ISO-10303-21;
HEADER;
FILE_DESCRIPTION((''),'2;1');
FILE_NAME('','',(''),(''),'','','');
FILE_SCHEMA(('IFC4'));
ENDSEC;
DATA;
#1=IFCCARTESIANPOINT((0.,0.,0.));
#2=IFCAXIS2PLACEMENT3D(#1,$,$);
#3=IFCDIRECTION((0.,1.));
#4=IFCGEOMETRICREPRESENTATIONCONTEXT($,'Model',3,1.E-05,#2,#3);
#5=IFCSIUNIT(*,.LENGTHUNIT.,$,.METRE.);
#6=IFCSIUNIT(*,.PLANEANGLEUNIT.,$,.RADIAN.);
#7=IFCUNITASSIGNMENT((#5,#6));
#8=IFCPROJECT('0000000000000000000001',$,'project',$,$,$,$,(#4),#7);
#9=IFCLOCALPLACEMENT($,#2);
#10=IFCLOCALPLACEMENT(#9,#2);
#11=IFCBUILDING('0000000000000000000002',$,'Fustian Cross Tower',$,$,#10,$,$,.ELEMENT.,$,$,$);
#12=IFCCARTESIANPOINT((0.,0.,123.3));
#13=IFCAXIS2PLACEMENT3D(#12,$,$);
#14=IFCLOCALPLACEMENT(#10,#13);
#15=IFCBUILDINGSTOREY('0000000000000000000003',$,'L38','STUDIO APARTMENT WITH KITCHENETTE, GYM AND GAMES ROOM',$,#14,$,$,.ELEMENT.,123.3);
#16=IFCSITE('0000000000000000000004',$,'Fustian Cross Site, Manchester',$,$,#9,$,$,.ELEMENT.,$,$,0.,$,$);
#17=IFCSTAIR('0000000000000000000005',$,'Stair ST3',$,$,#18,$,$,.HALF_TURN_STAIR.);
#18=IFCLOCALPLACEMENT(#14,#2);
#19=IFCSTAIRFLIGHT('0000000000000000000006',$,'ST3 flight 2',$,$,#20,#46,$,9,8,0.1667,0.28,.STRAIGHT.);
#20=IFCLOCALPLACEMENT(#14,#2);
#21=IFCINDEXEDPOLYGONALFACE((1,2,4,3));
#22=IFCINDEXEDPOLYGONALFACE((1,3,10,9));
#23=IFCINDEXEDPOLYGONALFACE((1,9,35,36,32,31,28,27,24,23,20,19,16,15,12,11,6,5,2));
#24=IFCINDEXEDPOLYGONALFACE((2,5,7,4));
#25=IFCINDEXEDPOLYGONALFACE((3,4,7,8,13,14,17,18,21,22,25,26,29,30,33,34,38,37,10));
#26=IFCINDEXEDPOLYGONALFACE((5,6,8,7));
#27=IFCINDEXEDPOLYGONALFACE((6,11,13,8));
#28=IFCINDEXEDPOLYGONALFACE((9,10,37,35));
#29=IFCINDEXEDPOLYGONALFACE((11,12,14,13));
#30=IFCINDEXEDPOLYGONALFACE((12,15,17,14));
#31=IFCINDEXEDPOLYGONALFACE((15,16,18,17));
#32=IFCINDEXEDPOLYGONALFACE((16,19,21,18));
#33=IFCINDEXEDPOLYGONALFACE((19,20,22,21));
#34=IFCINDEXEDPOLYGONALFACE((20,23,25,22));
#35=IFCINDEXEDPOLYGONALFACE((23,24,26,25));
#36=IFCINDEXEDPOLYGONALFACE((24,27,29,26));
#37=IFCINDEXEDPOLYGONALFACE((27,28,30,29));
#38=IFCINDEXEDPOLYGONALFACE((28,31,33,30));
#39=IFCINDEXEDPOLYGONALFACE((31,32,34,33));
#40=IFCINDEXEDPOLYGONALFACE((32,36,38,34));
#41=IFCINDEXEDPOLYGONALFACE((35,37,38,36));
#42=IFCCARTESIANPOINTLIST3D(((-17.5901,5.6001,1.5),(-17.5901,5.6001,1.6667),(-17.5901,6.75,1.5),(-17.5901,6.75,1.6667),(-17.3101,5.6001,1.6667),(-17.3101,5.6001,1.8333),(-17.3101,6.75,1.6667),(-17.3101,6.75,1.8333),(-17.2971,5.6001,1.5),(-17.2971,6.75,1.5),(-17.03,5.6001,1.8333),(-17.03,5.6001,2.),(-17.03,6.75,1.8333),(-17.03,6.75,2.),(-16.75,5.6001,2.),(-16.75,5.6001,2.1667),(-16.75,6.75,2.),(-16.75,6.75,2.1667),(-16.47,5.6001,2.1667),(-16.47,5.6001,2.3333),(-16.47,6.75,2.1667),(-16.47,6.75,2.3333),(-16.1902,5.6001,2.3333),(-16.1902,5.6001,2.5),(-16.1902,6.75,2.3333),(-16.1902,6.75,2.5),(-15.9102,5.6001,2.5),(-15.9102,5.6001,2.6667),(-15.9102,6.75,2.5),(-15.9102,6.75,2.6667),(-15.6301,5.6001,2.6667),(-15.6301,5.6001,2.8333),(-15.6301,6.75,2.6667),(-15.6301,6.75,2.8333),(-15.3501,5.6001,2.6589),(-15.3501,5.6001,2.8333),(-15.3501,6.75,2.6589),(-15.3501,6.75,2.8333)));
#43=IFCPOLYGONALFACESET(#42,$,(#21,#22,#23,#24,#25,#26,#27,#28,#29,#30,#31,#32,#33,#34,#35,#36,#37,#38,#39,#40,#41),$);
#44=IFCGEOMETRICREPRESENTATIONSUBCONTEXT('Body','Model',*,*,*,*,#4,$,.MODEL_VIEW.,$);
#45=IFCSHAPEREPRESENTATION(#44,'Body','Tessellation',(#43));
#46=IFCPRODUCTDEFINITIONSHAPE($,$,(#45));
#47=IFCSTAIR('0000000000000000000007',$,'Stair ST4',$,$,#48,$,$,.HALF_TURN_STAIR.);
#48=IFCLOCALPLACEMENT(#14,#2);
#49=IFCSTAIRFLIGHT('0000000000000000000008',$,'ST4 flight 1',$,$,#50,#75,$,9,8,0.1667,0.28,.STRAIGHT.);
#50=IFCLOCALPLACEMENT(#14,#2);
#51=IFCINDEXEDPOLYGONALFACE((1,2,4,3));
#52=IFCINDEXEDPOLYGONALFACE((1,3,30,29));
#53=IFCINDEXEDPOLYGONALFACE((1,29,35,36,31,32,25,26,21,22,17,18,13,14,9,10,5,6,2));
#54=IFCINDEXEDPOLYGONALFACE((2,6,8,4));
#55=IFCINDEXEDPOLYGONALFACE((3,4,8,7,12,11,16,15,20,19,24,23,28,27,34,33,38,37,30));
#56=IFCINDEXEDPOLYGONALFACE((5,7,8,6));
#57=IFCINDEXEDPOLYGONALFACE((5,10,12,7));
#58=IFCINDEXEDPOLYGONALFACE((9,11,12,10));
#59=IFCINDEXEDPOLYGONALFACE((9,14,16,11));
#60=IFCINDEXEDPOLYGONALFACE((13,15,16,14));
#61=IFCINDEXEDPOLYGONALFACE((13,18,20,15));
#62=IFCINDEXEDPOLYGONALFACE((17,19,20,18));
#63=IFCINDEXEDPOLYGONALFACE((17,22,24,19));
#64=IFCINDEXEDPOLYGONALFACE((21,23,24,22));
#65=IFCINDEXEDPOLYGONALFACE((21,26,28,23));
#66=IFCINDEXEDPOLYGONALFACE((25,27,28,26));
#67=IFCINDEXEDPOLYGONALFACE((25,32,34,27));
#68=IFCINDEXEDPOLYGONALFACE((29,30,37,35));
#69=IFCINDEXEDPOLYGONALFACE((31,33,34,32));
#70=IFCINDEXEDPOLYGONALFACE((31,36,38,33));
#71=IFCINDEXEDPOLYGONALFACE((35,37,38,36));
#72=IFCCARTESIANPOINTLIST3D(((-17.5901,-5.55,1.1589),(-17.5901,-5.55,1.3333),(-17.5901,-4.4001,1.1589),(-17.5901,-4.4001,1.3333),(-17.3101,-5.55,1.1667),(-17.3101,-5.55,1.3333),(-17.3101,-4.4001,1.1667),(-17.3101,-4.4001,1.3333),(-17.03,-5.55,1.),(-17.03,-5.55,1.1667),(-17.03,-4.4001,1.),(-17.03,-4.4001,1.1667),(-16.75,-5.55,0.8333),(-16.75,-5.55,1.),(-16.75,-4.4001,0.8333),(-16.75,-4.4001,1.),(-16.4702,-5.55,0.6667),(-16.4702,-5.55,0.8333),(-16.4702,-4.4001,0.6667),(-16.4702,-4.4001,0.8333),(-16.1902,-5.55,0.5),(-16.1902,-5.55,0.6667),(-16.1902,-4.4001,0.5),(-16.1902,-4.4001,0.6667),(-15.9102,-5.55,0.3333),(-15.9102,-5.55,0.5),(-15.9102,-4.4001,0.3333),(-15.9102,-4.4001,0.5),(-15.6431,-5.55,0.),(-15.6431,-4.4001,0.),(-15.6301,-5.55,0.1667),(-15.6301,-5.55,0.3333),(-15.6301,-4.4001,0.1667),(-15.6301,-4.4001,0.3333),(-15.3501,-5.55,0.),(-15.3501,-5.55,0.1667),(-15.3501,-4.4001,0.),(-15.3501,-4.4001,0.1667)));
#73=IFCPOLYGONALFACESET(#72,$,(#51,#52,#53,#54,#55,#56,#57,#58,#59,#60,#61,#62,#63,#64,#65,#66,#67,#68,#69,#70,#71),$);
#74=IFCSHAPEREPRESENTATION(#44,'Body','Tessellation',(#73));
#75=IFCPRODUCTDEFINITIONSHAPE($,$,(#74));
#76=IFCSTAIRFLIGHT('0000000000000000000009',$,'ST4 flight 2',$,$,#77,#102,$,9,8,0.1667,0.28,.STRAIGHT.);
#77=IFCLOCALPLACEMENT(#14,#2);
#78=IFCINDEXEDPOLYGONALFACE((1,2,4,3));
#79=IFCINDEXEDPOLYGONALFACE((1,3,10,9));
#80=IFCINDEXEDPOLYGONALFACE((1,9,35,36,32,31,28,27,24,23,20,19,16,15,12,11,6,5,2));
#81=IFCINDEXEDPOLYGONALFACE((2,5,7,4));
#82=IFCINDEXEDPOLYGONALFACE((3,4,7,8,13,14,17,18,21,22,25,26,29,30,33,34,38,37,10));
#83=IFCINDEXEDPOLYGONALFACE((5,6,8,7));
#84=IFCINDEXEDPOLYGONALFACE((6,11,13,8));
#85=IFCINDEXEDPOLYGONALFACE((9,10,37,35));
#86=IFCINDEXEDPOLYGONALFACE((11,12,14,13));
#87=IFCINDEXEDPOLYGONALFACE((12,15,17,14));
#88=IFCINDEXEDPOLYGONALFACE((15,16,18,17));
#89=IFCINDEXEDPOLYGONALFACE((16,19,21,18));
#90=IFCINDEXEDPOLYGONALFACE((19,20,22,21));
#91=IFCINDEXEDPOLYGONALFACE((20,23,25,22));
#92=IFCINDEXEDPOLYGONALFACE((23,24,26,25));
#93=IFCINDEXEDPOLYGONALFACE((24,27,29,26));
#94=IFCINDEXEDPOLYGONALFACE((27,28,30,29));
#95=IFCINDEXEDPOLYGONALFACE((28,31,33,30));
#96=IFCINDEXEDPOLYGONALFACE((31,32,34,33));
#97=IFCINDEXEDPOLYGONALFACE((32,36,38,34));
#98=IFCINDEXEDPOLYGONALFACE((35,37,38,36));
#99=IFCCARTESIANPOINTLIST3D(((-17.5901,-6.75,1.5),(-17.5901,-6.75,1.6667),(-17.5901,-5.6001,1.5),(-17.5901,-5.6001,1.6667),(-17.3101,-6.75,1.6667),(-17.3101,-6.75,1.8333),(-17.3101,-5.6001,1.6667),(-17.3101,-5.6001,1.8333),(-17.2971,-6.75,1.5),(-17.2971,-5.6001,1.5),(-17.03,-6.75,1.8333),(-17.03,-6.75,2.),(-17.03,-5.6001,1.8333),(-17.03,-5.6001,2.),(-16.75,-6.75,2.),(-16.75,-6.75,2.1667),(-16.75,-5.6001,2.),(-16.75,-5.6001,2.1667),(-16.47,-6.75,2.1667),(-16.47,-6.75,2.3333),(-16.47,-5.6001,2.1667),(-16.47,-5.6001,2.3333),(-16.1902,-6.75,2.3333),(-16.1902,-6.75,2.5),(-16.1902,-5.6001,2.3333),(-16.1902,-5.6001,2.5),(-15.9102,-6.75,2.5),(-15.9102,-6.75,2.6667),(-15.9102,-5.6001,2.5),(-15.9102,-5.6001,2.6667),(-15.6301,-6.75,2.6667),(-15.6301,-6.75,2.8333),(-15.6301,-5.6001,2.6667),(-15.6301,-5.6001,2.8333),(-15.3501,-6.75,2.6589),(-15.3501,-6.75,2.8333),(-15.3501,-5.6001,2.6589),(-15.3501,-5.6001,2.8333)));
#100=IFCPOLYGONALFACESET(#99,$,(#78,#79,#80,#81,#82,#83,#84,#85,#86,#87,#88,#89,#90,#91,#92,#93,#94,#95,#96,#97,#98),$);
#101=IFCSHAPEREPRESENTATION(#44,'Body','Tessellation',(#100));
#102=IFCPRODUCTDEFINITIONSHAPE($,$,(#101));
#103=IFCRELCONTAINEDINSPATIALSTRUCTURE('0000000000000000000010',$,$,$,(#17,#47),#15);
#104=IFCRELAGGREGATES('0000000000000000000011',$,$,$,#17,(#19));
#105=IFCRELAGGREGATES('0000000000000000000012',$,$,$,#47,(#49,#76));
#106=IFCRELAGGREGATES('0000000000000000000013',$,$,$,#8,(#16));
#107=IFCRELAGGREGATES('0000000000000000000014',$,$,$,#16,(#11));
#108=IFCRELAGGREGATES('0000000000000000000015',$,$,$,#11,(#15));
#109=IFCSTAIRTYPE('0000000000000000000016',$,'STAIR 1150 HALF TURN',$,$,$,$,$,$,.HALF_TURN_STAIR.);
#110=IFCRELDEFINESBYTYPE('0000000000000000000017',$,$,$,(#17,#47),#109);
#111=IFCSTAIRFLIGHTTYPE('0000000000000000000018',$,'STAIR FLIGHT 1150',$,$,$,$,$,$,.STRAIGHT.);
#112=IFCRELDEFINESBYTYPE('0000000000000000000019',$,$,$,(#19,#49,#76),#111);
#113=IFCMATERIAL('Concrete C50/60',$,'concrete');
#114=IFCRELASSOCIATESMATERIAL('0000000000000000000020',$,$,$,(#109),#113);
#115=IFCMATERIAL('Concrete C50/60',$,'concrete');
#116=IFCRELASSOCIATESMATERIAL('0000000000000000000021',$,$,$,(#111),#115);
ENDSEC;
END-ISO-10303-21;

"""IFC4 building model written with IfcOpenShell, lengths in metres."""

from ifc_helpers import new_model, si_unit, direction, frame, origin, place, context, subcontext, project, spatial, polyline, outline, extrude, material, type_object, element, aggregate, save


model = new_model("IFC4")

# Units and contexts
model_context = context("Model", 3, precision=1e-05, world=origin(), true_north=direction((0.0, 1.0)))
body_context = subcontext(model_context, "Body", "Model", "MODEL_VIEW")
ifc_project = project(units=[si_unit("LENGTHUNIT", "METRE"), si_unit("PLANEANGLEUNIT", "RADIAN")], contexts=[model_context])

# Site, building, storey
site_placement = place(None, origin())
site = spatial("IfcSite", under=ifc_project, at=site_placement, Name="Fustian Cross Site, Manchester", CompositionType="ELEMENT", RefElevation=0.0)
building_placement = place(site_placement, origin())
building = spatial("IfcBuilding", under=site, at=building_placement, Name="Fustian Cross Tower", CompositionType="ELEMENT")
storey_placement = place(building_placement, frame((0.0, 0.0, 123.3)))
storey = spatial("IfcBuildingStorey", under=building, at=storey_placement, Name="L38", Description="STUDIO APARTMENT WITH KITCHENETTE, GYM AND GAMES ROOM", CompositionType="ELEMENT", Elevation=123.3)

# Stairs, stair flights
ifc_material_1 = material(Name="Concrete C50/60", Category="concrete")
stair_type = type_object("IfcStairType", Name="STAIR 1150 HALF TURN", PredefinedType="HALF_TURN_STAIR", material=ifc_material_1)
stair_1_placement = place(storey_placement, origin())
stair_1 = element("IfcStair", 1, at=stair_1_placement, inside=storey, type_object=stair_type, Name="Stair ST3", PredefinedType="HALF_TURN_STAIR")
ifc_material_2 = material(Name="Concrete C50/60", Category="concrete")
stair_flight_type = type_object("IfcStairFlightType", Name="STAIR FLIGHT 1150", PredefinedType="STRAIGHT", material=ifc_material_2)
stair_flight_1_placement = place(storey_placement, frame((-17.5901, 6.175, 1.5), z_axis=(0.0, 0.0, 1.0), x_axis=(1.0, 0.0, 0.0)))
stair_flight_1 = element("IfcStairFlight", 2, at=stair_flight_1_placement, type_object=stair_flight_type, Name="ST3 flight 2", NumberOfRisers=9, NumberOfTreads=8, PredefinedType="STRAIGHT", RiserHeight=0.1667, TreadLength=0.28, context=body_context, shape_type="SweptSolid", body=[
    extrude(outline(polyline([(0.0, 0.0), (0.0, 0.1667), (0.28, 0.1667), (0.28, 0.3333), (0.5601, 0.3333), (0.5601, 0.5), (0.8401, 0.5), (0.8401, 0.6667), (1.1201, 0.6667), (1.1201, 0.8333), (1.3999, 0.8333), (1.3999, 1.0), (1.6799, 1.0), (1.6799, 1.1667), (1.96, 1.1667), (1.96, 1.3333), (2.24, 1.3333), (2.24, 1.5), (2.24, 1.1589), (0.293, 0.0), (0.0, 0.0)])), frame((0.0, 0.575, 0.0), z_axis=(0.0, -1.0, 0.0), x_axis=(1.0, 0.0, 0.0)), (0.0, 0.0, 1.0), 1.1499),
])
aggregate(stair_1, [stair_flight_1])
stair_2_placement = place(storey_placement, origin())
stair_2 = element("IfcStair", 3, at=stair_2_placement, inside=storey, type_object=stair_type, Name="Stair ST4", PredefinedType="HALF_TURN_STAIR")
stair_flight_2_placement = place(storey_placement, frame((-15.3501, -4.9751, 0.0), z_axis=(0.0, 0.0, 1.0), x_axis=(-1.0, 0.0, 0.0)))
stair_flight_2 = element("IfcStairFlight", 4, at=stair_flight_2_placement, type_object=stair_flight_type, Name="ST4 flight 1", NumberOfRisers=9, NumberOfTreads=8, PredefinedType="STRAIGHT", RiserHeight=0.1667, TreadLength=0.28, context=body_context, shape_type="SweptSolid", body=[
    extrude(outline(polyline([(0.0, 0.0), (0.0, 0.1667), (0.28, 0.1667), (0.28, 0.3333), (0.5601, 0.3333), (0.5601, 0.5), (0.8401, 0.5), (0.8401, 0.6667), (1.1201, 0.6667), (1.1201, 0.8333), (1.3999, 0.8333), (1.3999, 1.0), (1.6799, 1.0), (1.6799, 1.1667), (1.96, 1.1667), (1.96, 1.3333), (2.24, 1.3333), (2.24, 1.5), (2.24, 1.1589), (0.293, 0.0), (0.0, 0.0)])), frame((0.0, 0.575, 0.0), z_axis=(0.0, -1.0, 0.0), x_axis=(1.0, 0.0, 0.0)), (0.0, 0.0, 1.0), 1.1499),
])
stair_flight_3_placement = place(storey_placement, frame((-17.5901, -6.175, 1.5), z_axis=(0.0, 0.0, 1.0), x_axis=(1.0, 0.0, 0.0)))
stair_flight_3 = element("IfcStairFlight", 5, at=stair_flight_3_placement, type_object=stair_flight_type, Name="ST4 flight 2", NumberOfRisers=9, NumberOfTreads=8, PredefinedType="STRAIGHT", RiserHeight=0.1667, TreadLength=0.28, context=body_context, shape_type="SweptSolid", body=[
    extrude(outline(polyline([(0.0, 0.0), (0.0, 0.1667), (0.28, 0.1667), (0.28, 0.3333), (0.5601, 0.3333), (0.5601, 0.5), (0.8401, 0.5), (0.8401, 0.6667), (1.1201, 0.6667), (1.1201, 0.8333), (1.3999, 0.8333), (1.3999, 1.0), (1.6799, 1.0), (1.6799, 1.1667), (1.96, 1.1667), (1.96, 1.3333), (2.24, 1.3333), (2.24, 1.5), (2.24, 1.1589), (0.293, 0.0), (0.0, 0.0)])), frame((0.0, 0.575, 0.0), z_axis=(0.0, -1.0, 0.0), x_axis=(1.0, 0.0, 0.0)), (0.0, 0.0, 1.0), 1.1499),
])
aggregate(stair_2, [stair_flight_2, stair_flight_3])

save(model, "model.ifc")
